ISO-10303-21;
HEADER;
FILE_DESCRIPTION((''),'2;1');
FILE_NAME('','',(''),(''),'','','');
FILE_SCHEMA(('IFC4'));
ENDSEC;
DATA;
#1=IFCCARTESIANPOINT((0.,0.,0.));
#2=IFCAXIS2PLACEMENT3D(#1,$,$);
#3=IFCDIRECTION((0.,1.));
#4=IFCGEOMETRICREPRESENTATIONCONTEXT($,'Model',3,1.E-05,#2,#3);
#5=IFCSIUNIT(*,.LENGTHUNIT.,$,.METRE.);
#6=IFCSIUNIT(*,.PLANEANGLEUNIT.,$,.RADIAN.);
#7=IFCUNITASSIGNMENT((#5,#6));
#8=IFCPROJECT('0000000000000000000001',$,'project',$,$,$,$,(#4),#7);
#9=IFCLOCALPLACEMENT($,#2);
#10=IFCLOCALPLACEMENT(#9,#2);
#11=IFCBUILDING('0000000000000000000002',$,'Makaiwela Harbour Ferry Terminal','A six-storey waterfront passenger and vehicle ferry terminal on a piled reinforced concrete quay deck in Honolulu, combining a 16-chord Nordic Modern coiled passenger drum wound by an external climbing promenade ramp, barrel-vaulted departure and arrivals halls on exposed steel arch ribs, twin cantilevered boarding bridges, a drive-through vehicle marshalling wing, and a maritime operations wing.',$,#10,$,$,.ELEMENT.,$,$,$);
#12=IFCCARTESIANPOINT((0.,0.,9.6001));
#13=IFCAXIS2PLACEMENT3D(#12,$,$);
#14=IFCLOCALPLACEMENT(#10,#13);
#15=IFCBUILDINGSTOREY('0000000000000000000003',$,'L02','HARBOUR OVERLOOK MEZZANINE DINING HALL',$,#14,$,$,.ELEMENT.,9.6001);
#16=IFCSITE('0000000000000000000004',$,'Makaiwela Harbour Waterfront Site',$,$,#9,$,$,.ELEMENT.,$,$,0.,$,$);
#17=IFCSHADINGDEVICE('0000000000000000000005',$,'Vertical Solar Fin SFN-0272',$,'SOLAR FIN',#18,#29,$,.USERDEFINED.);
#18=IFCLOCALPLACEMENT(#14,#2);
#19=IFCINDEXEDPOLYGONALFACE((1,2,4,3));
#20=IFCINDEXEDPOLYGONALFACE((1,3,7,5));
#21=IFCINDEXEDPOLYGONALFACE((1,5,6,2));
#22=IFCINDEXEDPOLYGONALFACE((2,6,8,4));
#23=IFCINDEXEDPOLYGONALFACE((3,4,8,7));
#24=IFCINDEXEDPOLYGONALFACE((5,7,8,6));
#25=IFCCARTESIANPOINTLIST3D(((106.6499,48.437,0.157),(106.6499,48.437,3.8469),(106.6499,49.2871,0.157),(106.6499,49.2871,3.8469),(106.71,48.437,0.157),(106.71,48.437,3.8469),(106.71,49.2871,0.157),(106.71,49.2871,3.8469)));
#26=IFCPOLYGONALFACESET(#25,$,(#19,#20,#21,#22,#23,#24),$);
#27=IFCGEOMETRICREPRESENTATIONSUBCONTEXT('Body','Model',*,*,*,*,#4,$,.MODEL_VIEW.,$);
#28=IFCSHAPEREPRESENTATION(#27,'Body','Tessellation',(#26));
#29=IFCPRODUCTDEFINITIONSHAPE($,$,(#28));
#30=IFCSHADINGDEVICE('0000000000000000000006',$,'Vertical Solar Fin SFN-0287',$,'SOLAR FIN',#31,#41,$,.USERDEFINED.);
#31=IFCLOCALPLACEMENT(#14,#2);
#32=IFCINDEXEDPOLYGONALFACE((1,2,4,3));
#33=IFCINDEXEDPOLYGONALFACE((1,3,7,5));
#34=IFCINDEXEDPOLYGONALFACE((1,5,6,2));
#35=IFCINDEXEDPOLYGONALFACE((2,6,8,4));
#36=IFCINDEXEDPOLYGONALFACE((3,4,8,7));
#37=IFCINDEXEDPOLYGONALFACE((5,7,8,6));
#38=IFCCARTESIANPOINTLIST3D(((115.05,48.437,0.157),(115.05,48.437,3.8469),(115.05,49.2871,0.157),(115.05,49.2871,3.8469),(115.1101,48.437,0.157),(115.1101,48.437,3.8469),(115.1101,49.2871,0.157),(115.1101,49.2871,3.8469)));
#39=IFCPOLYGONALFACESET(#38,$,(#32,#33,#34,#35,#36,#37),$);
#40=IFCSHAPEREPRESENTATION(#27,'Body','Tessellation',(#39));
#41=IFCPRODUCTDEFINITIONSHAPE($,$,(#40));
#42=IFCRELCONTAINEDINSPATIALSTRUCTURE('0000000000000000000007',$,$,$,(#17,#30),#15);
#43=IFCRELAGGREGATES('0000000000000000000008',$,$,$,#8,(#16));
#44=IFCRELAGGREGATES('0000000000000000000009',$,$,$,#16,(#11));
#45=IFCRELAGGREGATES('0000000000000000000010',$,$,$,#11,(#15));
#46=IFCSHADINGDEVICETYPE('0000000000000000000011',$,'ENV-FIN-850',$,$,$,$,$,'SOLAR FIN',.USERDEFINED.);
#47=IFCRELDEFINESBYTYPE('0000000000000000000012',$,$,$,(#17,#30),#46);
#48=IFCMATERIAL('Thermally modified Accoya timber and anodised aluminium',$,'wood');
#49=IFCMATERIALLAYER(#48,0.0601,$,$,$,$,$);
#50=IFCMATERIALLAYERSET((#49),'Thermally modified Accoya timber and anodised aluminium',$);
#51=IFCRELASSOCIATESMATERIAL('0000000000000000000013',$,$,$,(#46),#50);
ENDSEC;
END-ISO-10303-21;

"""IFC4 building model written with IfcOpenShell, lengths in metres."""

from ifc_helpers import new_model, si_unit, direction, frame, origin, origin_2d, place, context, subcontext, project, spatial, rectangle, extrude, material, layer, layer_set, type_object, element, save


model = new_model("IFC4")

# Units and contexts
model_context = context("Model", 3, precision=1e-05, world=origin(), true_north=direction((0.0, 1.0)))
body_context = subcontext(model_context, "Body", "Model", "MODEL_VIEW")
ifc_project = project(units=[si_unit("LENGTHUNIT", "METRE"), si_unit("PLANEANGLEUNIT", "RADIAN")], contexts=[model_context])

# Site, building, storey
site_placement = place(None, origin())
site = spatial("IfcSite", under=ifc_project, at=site_placement, Name="Makaiwela Harbour Waterfront Site", CompositionType="ELEMENT", RefElevation=0.0)
building_placement = place(site_placement, origin())
building = spatial("IfcBuilding", under=site, at=building_placement, Name="Makaiwela Harbour Ferry Terminal", Description="A six-storey waterfront passenger and vehicle ferry terminal on a piled reinforced concrete quay deck in Honolulu, combining a 16-chord Nordic Modern coiled passenger drum wound by an external climbing promenade ramp, barrel-vaulted departure and arrivals halls on exposed steel arch ribs, twin cantilevered boarding bridges, a drive-through vehicle marshalling wing, and a maritime operations wing.", CompositionType="ELEMENT")
storey_placement = place(building_placement, frame((0.0, 0.0, 9.6001)))
storey = spatial("IfcBuildingStorey", under=building, at=storey_placement, Name="L02", Description="HARBOUR OVERLOOK MEZZANINE DINING HALL", CompositionType="ELEMENT", Elevation=9.6001)

# Shading devices
ifc_material_1 = material(Name="Thermally modified Accoya timber and anodised aluminium", Category="wood")
ifc_layer = layer(ifc_material_1, 0.0601)
ifc_layer_set = layer_set([ifc_layer], Name="Thermally modified Accoya timber and anodised aluminium")
shading_device_type = type_object("IfcShadingDeviceType", Name="ENV-FIN-850", ElementType="SOLAR FIN", PredefinedType="USERDEFINED", material=ifc_layer_set)
for number, where, z_axis, x_axis, name in (
    (1, (106.6799, 48.8621, 0.157), (0.0, 0.0, 1.0), (0.0, -1.0, 0.0), "Vertical Solar Fin SFN-0272"),
    (2, (115.0801, 48.8621, 0.157), (0.0, 0.0, 1.0), (0.0, -1.0, 0.0), "Vertical Solar Fin SFN-0287"),
):
    element("IfcShadingDevice", number, at=place(storey_placement, frame(where, z_axis=z_axis, x_axis=x_axis)), inside=storey, type_object=shading_device_type, Name=name, ObjectType="SOLAR FIN", PredefinedType="USERDEFINED", context=body_context, shape_type="SweptSolid", body=[
        extrude(rectangle(XDim=0.8501, YDim=0.0601, at=origin_2d()), origin(), (0.0, 0.0, 1.0), 3.6899),
    ])

save(model, "model.ifc")
